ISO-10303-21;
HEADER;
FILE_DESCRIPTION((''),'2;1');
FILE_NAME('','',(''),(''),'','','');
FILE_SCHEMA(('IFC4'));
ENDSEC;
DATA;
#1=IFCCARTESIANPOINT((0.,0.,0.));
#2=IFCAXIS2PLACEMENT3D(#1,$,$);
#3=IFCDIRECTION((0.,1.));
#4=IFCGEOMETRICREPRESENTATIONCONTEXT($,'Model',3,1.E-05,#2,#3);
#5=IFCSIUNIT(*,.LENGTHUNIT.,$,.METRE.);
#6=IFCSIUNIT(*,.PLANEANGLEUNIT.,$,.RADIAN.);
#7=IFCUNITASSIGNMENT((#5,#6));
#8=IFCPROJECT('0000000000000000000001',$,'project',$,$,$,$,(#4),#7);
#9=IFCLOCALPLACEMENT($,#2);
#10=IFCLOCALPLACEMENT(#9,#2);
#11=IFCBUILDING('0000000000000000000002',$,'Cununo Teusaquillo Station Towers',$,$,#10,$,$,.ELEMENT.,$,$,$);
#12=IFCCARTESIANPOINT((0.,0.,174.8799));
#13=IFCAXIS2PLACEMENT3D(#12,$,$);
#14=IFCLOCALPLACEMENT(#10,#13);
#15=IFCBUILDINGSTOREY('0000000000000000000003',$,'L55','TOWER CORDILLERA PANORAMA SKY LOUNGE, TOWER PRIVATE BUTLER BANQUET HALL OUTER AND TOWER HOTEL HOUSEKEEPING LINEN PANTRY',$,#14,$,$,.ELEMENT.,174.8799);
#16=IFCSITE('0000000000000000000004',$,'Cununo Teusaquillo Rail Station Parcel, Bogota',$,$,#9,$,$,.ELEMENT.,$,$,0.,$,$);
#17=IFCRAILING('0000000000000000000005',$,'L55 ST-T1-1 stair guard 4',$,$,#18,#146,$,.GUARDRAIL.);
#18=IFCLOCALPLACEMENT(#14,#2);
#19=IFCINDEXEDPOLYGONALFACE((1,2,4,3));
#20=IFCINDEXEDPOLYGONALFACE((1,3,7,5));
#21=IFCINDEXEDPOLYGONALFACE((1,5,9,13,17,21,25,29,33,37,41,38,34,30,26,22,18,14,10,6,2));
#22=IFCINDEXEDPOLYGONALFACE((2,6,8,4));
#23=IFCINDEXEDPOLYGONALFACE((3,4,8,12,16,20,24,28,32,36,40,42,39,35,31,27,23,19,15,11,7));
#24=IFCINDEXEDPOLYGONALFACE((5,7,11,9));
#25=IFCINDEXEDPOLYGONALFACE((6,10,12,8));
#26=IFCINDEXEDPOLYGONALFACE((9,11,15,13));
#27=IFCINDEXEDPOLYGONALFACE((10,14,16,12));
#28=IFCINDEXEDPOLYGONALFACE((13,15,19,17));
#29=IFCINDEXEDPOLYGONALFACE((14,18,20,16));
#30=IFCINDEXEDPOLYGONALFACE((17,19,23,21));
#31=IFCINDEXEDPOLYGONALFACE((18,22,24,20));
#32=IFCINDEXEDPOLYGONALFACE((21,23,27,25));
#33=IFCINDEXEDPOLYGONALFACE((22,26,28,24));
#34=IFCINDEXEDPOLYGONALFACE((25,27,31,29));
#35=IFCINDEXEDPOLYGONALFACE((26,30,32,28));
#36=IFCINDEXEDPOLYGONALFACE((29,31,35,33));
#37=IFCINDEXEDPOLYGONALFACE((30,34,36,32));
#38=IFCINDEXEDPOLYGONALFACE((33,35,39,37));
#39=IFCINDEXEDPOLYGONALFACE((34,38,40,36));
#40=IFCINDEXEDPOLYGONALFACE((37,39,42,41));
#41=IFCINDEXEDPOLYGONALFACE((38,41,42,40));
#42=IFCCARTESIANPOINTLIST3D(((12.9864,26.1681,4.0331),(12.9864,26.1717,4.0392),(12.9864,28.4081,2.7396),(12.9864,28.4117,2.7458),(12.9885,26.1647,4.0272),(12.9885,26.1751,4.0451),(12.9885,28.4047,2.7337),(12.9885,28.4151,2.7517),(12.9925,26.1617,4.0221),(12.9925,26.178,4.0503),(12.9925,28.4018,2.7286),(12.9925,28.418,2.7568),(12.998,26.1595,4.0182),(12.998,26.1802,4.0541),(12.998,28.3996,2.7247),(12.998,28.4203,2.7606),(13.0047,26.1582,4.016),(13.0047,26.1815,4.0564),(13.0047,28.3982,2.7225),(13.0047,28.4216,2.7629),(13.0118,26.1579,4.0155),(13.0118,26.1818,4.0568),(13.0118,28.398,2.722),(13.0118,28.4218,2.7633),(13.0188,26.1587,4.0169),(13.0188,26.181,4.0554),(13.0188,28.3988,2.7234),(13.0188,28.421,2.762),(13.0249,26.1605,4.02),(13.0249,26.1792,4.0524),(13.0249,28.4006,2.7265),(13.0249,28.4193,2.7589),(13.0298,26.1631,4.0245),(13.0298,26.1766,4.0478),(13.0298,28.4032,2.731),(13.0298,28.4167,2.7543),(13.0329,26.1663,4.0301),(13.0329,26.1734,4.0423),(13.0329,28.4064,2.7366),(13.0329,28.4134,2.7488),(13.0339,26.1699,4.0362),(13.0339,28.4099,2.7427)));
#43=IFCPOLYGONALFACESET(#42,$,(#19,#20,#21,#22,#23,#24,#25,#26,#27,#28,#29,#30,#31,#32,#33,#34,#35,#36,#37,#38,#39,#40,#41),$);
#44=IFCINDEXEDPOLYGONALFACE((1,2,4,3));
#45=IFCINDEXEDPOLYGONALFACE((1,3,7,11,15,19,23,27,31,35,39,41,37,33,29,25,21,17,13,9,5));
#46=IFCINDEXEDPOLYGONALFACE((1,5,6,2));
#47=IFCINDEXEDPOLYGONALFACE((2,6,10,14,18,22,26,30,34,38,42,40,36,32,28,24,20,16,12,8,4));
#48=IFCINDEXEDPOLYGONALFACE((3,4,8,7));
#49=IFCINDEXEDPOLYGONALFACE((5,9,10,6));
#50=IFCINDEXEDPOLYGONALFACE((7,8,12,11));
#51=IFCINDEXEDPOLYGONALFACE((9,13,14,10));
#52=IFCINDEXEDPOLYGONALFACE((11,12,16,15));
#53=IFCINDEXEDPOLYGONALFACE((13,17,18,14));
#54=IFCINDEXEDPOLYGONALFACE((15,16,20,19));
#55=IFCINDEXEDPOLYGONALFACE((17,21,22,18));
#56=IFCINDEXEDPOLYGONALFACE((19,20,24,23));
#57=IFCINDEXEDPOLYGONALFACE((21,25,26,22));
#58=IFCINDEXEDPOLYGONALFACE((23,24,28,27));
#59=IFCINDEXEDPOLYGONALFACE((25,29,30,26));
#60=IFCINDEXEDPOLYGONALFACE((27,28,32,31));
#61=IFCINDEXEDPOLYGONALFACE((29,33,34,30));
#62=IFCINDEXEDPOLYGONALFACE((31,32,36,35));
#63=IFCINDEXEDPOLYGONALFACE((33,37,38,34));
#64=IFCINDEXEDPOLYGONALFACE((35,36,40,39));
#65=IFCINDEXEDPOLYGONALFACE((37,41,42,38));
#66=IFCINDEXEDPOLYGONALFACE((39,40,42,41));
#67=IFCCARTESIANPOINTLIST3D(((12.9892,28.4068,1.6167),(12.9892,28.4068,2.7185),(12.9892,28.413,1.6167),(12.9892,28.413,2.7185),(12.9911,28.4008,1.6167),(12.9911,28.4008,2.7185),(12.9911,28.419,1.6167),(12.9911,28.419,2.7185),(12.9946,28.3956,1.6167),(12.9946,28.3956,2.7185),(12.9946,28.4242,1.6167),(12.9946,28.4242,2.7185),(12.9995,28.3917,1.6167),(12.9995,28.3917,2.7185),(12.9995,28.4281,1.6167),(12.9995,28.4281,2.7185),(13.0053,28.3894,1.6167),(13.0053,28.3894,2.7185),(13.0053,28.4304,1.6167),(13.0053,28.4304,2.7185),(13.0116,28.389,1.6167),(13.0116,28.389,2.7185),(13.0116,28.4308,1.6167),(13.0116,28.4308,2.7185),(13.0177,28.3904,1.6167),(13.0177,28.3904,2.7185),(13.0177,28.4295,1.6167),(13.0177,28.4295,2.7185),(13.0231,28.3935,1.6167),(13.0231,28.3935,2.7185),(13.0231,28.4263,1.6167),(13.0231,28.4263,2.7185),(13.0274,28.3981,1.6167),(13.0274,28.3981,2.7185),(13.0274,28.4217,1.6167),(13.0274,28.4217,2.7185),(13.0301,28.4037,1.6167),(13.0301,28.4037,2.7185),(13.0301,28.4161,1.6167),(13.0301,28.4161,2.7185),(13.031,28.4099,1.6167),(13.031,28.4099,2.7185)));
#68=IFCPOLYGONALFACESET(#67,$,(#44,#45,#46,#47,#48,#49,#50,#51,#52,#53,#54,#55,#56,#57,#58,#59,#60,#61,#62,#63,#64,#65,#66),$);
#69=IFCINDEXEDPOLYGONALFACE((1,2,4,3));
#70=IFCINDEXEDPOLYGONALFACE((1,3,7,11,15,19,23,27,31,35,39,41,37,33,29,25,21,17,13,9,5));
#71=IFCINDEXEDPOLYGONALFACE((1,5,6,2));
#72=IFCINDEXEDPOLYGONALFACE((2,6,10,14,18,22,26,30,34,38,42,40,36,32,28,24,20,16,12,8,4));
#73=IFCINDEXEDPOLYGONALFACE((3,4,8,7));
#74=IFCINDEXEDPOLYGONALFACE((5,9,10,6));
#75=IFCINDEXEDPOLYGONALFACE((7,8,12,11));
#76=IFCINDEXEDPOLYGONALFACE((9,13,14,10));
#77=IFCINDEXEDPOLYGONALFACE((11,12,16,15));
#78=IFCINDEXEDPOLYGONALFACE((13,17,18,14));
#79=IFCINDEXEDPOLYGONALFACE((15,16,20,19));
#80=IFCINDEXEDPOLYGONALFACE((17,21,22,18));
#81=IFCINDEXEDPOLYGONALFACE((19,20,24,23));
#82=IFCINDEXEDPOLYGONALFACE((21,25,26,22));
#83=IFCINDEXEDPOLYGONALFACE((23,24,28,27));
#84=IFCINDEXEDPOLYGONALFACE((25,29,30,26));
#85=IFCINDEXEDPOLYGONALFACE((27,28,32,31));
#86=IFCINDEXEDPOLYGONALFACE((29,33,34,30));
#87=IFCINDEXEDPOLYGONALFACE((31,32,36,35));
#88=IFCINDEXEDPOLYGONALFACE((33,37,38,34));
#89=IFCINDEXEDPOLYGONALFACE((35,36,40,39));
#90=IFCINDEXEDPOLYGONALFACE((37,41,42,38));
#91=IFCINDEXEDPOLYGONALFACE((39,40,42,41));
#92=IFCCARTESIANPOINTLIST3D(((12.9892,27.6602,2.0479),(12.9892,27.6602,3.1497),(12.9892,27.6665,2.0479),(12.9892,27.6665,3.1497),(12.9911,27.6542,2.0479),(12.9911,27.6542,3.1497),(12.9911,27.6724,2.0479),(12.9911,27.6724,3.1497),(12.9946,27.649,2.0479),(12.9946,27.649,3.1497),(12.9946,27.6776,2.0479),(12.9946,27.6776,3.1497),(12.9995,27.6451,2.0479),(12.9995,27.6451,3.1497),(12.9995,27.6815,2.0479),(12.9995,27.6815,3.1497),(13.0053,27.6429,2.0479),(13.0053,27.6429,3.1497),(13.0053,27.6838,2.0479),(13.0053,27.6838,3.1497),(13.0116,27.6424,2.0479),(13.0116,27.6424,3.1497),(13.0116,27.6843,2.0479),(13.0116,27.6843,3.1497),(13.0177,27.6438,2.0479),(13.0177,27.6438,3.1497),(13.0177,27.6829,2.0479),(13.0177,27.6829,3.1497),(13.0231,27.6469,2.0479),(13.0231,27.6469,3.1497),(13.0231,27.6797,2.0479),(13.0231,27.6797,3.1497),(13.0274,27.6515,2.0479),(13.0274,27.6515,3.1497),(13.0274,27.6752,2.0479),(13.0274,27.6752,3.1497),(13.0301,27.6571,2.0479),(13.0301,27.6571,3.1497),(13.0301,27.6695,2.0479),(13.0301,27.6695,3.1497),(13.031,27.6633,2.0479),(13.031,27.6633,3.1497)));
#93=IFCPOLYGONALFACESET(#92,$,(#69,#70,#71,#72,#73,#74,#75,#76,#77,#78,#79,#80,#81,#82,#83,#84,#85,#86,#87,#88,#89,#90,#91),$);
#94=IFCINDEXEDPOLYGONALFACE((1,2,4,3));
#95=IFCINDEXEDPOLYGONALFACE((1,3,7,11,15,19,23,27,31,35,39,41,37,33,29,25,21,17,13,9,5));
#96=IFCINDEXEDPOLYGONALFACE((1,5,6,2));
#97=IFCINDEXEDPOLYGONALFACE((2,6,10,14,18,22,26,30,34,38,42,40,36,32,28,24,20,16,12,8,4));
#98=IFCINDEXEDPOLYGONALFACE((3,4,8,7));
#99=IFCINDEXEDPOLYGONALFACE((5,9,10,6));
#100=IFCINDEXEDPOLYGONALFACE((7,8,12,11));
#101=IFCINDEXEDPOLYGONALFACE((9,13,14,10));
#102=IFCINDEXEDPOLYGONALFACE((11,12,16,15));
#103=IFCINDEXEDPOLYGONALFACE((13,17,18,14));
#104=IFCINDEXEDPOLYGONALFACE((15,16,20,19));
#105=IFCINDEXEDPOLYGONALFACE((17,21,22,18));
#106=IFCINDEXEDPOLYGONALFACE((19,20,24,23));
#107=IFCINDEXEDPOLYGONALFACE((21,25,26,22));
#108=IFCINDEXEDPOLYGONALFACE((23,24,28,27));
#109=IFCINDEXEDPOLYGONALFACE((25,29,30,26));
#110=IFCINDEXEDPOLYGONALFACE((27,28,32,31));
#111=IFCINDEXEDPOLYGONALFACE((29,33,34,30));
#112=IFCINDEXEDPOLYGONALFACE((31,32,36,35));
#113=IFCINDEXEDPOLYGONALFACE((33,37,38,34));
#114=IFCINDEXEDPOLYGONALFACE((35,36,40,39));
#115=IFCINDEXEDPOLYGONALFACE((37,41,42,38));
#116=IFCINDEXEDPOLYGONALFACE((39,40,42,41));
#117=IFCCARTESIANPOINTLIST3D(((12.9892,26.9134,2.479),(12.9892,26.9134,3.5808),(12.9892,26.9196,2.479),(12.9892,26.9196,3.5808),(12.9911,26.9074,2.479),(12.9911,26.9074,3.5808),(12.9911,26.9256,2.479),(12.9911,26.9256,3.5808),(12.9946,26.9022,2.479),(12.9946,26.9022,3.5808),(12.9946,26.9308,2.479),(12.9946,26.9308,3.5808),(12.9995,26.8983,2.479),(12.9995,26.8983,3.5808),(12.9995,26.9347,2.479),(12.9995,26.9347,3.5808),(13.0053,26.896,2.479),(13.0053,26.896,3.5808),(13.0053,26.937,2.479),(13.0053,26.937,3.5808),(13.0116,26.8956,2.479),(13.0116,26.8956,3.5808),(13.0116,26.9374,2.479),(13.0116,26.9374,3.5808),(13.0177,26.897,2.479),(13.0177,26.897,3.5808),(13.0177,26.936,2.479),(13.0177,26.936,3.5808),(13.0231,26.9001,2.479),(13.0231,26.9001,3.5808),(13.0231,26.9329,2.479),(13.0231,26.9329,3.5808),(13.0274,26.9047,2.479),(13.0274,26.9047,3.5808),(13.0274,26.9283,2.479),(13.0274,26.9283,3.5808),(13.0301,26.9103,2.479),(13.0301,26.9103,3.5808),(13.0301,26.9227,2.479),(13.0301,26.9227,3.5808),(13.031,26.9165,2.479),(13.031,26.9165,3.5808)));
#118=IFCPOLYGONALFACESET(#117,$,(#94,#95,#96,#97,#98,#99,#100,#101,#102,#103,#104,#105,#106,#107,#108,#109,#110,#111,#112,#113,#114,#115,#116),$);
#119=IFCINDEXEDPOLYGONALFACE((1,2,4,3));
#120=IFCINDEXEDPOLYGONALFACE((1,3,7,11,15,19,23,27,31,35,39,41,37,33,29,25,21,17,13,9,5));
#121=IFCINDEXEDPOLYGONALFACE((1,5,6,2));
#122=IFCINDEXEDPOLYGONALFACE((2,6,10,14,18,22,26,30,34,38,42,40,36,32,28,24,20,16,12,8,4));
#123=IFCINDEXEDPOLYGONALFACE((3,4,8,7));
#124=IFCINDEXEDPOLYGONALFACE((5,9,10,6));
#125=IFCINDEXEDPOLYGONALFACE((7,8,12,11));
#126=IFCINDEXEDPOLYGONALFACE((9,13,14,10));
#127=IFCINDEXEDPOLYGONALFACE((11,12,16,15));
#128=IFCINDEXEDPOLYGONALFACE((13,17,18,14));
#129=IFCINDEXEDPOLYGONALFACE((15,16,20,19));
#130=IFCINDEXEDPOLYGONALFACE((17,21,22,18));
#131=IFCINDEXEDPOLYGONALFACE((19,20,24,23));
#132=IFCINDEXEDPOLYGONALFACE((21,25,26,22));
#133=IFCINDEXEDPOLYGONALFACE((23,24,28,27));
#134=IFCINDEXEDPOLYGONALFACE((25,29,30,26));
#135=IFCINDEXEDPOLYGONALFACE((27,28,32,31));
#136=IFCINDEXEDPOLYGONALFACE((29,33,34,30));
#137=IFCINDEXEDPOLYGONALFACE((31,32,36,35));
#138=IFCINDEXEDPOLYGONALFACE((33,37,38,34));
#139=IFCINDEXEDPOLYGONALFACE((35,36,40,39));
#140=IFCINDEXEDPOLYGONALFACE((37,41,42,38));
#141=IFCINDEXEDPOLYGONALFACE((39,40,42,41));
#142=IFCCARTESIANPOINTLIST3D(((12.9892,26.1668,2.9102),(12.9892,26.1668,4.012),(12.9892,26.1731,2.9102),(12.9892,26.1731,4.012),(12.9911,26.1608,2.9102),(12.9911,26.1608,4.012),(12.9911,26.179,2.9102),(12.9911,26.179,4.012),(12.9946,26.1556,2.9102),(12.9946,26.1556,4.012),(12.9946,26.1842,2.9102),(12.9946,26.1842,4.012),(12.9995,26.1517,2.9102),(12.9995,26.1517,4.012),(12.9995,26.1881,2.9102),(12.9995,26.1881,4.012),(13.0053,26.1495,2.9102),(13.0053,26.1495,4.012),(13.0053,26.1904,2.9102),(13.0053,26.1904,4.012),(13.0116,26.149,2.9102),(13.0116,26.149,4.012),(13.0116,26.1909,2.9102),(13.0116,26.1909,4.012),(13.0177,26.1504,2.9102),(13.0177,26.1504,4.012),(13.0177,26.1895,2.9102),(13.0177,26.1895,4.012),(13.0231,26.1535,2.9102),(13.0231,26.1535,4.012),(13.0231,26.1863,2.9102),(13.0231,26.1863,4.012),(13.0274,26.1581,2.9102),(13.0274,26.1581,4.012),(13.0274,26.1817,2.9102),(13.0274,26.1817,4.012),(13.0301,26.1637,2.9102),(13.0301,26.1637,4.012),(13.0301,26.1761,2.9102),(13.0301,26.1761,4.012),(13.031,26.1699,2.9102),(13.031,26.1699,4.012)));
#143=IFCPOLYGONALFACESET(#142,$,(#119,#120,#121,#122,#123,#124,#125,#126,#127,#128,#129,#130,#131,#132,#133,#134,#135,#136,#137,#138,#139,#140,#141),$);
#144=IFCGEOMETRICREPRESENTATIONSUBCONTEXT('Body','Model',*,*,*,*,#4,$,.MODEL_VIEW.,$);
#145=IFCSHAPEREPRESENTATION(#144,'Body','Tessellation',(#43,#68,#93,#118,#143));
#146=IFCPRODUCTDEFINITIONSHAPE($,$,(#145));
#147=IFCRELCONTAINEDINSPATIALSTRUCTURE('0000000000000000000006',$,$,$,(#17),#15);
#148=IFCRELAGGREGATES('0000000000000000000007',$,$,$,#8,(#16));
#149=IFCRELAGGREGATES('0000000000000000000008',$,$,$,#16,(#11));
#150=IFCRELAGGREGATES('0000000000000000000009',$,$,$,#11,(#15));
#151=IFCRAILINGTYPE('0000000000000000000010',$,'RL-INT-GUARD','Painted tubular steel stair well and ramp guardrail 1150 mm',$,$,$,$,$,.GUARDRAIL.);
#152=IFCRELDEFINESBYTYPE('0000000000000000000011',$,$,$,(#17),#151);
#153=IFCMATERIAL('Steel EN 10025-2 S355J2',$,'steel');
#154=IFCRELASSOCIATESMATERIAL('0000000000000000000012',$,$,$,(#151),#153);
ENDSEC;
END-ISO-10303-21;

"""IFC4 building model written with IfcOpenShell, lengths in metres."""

from ifc_helpers import new_model, si_unit, direction, frame, origin, origin_2d, place, context, subcontext, project, spatial, circle, extrude, material, type_object, element, save


model = new_model("IFC4")

# Units and contexts
model_context = context("Model", 3, precision=1e-05, world=origin(), true_north=direction((0.0, 1.0)))
body_context = subcontext(model_context, "Body", "Model", "MODEL_VIEW")
ifc_project = project(units=[si_unit("LENGTHUNIT", "METRE"), si_unit("PLANEANGLEUNIT", "RADIAN")], contexts=[model_context])

# Site, building, storey
site_placement = place(None, origin())
site = spatial("IfcSite", under=ifc_project, at=site_placement, Name="Cununo Teusaquillo Rail Station Parcel, Bogota", CompositionType="ELEMENT", RefElevation=0.0)
building_placement = place(site_placement, origin())
building = spatial("IfcBuilding", under=site, at=building_placement, Name="Cununo Teusaquillo Station Towers", CompositionType="ELEMENT")
storey_placement = place(building_placement, frame((0.0, 0.0, 174.8799)))
storey = spatial("IfcBuildingStorey", under=building, at=storey_placement, Name="L55", Description="TOWER CORDILLERA PANORAMA SKY LOUNGE, TOWER PRIVATE BUTLER BANQUET HALL OUTER AND TOWER HOTEL HOUSEKEEPING LINEN PANTRY", CompositionType="ELEMENT", Elevation=174.8799)

# Railing
ifc_material_1 = material(Name="Steel EN 10025-2 S355J2", Category="steel")
railing_type_1 = type_object("IfcRailingType", Name="RL-INT-GUARD", Description="Painted tubular steel stair well and ramp guardrail 1150 mm", PredefinedType="GUARDRAIL", material=ifc_material_1)
railing_1_placement = place(storey_placement, frame((13.01, 28.4099, 1.6167)))
element("IfcRailing", 1, at=railing_1_placement, inside=storey, type_object=railing_type_1, Name="L55 ST-T1-1 stair guard 4", PredefinedType="GUARDRAIL", context=body_context, shape_type="SweptSolid", body=[
    extrude(circle(Radius=0.0239, at=origin_2d()), frame((0.0, 0.0, 1.126), z_axis=(0.0, -0.865992, 0.500057), x_axis=(1.0, 0.0, 0.0)), (0.0, 0.0, 1.0), 2.5867),
    extrude(circle(Radius=0.021, at=origin_2d()), origin(), (0.0, 0.0, 1.0), 1.1018),
    extrude(circle(Radius=0.021, at=origin_2d()), frame((0.0, -0.7466, 0.4312)), (0.0, 0.0, 1.0), 1.1018),
    extrude(circle(Radius=0.021, at=origin_2d()), frame((0.0, -1.4934, 0.8623)), (0.0, 0.0, 1.0), 1.1018),
    extrude(circle(Radius=0.021, at=origin_2d()), frame((0.0, -2.24, 1.2935)), (0.0, 0.0, 1.0), 1.1018),
])

save(model, "model.ifc")
